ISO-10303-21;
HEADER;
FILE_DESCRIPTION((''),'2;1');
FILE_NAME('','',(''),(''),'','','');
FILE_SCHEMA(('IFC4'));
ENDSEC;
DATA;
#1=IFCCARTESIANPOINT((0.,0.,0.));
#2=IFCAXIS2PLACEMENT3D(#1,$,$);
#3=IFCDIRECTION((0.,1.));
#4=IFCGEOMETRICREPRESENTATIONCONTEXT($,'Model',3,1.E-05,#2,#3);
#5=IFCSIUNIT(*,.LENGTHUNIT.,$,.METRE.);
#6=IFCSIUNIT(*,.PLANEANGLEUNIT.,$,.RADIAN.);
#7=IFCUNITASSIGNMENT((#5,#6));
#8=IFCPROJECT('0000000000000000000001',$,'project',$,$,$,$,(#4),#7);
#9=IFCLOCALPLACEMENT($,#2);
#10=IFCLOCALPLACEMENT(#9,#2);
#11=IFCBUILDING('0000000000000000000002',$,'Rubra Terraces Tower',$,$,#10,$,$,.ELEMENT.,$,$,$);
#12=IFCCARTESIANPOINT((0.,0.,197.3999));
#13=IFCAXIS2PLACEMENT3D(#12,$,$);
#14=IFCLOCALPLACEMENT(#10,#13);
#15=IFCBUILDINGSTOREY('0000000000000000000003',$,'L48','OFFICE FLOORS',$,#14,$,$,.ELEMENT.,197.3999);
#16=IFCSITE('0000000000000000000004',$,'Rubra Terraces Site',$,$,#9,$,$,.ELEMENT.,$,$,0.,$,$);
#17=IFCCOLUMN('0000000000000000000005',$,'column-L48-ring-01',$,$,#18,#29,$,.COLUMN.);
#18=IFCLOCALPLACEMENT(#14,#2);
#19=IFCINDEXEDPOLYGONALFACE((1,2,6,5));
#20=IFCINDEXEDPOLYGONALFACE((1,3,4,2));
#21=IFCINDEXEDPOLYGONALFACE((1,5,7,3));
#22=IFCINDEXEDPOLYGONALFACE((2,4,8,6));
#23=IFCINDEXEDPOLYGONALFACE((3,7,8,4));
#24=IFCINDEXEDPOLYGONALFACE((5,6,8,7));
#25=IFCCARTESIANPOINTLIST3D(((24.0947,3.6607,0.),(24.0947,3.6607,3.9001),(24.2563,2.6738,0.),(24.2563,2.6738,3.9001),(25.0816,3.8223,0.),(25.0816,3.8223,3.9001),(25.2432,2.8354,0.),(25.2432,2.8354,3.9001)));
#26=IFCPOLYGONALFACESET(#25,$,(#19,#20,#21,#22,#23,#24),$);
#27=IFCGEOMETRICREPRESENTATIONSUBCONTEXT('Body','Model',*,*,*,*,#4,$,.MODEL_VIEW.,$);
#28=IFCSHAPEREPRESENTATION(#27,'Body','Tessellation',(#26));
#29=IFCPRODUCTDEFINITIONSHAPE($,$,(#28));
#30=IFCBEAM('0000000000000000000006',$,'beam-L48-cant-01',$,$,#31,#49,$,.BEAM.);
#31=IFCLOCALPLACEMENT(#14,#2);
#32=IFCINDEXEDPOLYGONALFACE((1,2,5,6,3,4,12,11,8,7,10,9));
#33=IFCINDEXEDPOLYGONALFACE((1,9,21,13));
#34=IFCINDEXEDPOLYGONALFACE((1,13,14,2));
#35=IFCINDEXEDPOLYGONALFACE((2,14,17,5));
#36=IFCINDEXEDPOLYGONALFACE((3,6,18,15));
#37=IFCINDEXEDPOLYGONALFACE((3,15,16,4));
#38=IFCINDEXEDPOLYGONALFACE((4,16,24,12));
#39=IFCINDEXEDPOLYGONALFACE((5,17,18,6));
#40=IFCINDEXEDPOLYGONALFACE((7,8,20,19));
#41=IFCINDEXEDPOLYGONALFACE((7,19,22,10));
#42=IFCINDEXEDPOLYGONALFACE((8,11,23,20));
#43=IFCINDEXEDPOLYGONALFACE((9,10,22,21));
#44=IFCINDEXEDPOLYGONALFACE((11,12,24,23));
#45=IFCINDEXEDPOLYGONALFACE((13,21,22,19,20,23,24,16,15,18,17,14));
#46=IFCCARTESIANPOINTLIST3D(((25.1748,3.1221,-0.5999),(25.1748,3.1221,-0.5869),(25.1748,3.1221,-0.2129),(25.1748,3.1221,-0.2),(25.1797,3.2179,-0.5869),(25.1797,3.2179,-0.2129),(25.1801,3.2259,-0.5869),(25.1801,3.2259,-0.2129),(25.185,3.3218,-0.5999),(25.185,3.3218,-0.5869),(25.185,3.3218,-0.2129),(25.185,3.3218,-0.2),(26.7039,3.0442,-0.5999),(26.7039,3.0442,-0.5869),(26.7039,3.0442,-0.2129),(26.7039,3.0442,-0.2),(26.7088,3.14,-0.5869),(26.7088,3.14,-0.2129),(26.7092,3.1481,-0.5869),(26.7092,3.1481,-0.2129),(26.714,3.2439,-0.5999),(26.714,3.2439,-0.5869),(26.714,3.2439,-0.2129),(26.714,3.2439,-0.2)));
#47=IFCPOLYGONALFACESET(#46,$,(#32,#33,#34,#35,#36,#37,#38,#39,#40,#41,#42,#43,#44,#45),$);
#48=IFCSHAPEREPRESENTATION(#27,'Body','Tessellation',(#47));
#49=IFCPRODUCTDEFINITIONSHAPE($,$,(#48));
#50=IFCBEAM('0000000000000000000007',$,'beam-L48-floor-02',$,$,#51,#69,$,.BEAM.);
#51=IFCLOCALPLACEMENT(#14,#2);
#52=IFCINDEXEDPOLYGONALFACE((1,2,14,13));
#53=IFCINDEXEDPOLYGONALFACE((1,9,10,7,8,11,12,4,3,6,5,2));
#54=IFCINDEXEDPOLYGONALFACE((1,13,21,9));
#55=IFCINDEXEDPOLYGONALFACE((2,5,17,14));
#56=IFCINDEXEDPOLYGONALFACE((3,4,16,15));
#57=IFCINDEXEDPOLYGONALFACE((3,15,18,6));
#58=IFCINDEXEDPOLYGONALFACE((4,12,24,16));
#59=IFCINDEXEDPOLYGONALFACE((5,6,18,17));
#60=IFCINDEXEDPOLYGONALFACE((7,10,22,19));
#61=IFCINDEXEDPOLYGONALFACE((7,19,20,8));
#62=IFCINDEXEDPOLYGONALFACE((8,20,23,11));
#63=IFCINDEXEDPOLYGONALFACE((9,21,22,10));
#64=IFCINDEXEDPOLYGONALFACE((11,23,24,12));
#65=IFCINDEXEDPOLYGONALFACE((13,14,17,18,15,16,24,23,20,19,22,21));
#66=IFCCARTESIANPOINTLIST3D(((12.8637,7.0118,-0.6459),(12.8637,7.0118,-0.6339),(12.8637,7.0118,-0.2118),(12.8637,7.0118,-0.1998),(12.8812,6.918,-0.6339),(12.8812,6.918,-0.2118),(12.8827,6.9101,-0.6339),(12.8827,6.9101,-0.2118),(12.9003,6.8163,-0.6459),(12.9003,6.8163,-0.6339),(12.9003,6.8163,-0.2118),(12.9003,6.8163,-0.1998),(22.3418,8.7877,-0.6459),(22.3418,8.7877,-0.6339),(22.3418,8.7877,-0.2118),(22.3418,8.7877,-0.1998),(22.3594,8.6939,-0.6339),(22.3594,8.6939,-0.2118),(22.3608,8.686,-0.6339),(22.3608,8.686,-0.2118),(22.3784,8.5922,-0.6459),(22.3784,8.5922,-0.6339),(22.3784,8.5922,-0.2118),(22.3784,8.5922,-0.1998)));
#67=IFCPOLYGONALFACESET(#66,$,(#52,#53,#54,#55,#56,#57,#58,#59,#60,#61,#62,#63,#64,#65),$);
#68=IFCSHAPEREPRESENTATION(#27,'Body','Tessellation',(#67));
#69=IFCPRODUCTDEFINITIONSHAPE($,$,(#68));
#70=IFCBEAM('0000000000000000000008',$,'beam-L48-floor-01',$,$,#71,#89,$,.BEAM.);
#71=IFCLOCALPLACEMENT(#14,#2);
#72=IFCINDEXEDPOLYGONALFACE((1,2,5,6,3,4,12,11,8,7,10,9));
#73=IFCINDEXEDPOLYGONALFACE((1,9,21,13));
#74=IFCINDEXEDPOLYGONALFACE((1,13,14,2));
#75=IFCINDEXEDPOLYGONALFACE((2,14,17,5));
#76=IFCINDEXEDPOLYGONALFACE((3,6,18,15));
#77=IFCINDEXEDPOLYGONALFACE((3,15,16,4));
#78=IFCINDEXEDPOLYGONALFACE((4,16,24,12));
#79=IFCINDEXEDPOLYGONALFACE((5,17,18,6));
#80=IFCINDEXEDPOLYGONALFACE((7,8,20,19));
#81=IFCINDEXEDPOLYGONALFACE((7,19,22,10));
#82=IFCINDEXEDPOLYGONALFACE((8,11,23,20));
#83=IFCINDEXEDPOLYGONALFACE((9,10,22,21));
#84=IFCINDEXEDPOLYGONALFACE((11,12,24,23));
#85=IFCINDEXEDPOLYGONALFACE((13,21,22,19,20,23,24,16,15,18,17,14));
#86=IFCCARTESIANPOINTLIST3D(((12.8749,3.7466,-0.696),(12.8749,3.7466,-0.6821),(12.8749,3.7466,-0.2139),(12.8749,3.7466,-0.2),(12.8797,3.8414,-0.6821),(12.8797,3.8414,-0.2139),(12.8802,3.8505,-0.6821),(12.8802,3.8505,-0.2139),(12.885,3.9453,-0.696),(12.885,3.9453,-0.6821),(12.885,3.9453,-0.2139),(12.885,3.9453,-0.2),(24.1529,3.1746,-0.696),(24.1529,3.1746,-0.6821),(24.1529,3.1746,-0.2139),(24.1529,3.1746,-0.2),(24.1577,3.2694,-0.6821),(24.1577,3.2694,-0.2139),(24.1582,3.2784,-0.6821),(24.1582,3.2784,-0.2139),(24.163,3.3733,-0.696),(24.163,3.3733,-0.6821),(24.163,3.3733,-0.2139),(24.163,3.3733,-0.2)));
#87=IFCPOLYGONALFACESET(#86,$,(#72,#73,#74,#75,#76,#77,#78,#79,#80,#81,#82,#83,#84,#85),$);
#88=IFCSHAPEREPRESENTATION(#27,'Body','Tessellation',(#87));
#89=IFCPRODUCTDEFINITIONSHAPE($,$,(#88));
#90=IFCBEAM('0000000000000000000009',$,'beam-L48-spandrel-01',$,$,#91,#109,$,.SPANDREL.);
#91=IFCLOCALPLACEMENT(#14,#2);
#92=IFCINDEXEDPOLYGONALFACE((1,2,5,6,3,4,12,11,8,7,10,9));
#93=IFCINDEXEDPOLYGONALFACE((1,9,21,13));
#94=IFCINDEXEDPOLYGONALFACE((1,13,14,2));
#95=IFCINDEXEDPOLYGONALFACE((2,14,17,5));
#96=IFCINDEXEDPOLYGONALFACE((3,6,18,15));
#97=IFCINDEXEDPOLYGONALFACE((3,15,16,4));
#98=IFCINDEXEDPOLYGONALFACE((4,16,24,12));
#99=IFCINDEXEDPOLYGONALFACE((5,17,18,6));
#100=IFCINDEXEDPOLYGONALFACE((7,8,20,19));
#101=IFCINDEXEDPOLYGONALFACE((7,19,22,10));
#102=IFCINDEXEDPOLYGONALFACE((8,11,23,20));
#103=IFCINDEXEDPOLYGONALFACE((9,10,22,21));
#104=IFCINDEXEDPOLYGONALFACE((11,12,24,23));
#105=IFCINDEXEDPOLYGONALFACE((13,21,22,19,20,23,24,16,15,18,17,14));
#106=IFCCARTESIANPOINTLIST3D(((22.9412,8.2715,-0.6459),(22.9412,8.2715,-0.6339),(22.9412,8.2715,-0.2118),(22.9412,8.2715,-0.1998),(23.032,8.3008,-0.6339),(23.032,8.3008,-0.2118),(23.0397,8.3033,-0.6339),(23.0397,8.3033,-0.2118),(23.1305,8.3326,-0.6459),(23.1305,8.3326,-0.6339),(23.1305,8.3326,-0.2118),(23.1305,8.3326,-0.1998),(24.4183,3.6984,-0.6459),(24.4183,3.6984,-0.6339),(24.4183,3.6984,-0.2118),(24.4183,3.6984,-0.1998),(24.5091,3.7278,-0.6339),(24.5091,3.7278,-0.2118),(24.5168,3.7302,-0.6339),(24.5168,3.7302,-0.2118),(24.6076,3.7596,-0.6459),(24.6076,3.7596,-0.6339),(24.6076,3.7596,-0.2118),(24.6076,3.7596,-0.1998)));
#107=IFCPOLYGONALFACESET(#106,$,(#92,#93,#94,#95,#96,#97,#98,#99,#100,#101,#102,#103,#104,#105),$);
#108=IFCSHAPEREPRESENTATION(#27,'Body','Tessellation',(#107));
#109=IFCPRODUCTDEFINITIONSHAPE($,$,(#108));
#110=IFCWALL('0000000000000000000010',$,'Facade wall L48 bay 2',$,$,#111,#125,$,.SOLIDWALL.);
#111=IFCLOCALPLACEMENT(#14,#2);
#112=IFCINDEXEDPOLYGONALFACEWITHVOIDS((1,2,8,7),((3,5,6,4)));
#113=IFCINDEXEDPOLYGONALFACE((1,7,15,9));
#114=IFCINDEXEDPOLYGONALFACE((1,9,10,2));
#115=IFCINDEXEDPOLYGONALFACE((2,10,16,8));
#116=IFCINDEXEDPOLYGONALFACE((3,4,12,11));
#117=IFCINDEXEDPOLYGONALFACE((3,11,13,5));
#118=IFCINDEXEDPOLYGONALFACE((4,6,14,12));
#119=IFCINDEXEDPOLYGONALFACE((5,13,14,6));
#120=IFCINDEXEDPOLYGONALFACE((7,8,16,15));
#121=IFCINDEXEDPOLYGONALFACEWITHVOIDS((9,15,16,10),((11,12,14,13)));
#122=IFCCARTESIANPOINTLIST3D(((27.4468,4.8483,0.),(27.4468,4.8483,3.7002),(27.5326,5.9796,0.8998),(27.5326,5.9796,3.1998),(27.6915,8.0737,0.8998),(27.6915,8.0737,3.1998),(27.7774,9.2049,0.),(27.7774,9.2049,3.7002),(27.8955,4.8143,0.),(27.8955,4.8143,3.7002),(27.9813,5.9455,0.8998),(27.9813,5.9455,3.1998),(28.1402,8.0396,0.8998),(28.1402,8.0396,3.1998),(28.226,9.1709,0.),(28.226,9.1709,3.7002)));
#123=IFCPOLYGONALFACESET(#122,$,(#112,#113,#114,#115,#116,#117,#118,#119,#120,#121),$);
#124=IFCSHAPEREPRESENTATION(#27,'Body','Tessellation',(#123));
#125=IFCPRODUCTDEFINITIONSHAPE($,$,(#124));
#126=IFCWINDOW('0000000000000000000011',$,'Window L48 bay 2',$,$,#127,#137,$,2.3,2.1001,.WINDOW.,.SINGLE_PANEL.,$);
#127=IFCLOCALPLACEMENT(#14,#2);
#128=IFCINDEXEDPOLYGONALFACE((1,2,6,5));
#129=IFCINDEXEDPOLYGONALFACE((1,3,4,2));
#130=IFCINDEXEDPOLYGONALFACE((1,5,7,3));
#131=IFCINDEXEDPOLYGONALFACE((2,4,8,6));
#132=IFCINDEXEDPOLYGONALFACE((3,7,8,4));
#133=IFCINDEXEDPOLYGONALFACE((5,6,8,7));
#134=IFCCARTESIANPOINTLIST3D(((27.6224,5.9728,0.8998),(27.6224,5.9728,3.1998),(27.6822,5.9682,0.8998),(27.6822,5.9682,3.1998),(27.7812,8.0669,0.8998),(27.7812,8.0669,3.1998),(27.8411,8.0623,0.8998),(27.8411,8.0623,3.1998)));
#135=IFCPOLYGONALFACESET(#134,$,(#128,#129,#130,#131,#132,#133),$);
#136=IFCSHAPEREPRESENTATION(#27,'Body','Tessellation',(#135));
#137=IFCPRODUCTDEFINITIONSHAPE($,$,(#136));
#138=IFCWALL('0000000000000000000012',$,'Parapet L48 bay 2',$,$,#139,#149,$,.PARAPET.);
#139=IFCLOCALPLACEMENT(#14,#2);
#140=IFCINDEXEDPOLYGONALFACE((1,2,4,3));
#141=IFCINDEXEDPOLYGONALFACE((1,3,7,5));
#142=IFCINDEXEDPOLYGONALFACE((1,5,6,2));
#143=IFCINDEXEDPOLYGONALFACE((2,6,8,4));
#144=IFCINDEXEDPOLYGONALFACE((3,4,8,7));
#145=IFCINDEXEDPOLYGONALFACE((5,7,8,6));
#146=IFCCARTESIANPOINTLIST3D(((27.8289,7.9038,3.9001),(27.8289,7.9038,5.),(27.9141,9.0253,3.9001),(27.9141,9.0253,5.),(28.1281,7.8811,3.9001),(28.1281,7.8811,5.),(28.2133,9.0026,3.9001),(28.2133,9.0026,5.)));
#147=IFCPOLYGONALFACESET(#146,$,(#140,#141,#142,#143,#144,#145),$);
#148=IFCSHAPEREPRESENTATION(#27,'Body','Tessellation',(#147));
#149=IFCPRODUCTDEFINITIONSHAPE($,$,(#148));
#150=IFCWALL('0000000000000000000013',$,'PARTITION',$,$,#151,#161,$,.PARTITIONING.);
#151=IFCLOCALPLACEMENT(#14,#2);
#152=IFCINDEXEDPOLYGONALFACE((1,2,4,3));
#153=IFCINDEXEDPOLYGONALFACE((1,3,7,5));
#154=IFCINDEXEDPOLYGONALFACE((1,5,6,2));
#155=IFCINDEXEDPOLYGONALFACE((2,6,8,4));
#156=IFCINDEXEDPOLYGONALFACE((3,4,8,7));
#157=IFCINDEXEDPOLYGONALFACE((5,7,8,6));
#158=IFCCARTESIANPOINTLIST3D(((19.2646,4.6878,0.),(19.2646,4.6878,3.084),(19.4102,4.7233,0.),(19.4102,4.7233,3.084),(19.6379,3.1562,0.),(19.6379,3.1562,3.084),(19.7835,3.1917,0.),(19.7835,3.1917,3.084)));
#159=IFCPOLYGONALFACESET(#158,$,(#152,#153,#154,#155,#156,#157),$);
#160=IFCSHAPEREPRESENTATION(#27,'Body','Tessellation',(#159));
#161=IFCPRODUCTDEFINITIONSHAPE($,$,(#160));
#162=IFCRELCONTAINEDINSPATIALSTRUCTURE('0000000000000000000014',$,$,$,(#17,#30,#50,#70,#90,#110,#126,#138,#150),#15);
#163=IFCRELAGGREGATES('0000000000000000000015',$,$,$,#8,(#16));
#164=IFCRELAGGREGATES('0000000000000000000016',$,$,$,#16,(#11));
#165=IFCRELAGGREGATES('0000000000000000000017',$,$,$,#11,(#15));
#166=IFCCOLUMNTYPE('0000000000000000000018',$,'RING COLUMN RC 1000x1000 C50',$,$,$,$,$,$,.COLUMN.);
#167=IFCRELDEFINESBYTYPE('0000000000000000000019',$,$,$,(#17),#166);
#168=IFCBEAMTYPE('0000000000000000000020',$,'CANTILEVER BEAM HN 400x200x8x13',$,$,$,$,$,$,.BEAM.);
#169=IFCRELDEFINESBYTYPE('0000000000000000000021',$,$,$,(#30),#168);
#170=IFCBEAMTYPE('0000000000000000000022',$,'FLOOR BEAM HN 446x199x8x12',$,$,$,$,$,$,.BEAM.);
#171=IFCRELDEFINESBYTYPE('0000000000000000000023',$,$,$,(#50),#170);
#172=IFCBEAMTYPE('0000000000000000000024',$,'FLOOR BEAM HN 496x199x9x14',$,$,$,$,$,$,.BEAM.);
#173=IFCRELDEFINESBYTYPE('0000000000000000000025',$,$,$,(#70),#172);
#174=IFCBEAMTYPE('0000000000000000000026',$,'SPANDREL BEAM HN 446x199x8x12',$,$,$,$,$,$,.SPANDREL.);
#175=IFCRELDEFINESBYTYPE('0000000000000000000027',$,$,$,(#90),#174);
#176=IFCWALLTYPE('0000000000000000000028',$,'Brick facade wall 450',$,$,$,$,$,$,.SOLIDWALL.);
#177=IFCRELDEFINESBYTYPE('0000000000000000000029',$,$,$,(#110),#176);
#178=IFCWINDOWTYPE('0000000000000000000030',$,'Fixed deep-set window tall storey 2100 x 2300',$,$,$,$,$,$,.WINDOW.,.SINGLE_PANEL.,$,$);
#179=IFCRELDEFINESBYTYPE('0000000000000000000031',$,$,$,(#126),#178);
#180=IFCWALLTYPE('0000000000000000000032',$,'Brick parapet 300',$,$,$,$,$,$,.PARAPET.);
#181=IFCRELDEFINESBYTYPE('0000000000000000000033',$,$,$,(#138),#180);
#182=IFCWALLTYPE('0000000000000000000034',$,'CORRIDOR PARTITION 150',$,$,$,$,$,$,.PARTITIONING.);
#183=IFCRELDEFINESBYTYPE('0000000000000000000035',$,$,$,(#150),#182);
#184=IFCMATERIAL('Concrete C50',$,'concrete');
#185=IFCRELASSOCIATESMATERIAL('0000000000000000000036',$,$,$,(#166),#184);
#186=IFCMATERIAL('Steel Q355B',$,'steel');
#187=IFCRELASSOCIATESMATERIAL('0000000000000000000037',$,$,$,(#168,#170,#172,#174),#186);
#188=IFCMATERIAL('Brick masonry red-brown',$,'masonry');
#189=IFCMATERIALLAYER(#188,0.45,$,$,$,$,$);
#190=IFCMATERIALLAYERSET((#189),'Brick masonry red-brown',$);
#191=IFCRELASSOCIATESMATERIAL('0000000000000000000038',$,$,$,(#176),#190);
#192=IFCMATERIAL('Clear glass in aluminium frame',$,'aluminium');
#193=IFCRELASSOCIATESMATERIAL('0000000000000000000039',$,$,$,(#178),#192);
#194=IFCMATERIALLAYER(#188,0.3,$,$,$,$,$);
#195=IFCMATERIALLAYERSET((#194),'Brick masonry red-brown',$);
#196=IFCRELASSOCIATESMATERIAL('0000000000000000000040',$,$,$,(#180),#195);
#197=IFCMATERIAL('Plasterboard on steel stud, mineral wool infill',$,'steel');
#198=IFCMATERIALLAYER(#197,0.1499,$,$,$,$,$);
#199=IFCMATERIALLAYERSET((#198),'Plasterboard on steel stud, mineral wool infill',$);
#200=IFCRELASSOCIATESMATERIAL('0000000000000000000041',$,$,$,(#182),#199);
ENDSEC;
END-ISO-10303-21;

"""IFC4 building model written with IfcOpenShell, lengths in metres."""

from ifc_helpers import new_model, si_unit, direction, frame, frame_2d, origin, origin_2d, place, context, subcontext, project, spatial, rectangle, i_section, extrude, material, layer, layer_set, material_profile, profile_set, type_object, element, fill, save


model = new_model("IFC4")

# Units and contexts
model_context = context("Model", 3, precision=1e-05, world=origin(), true_north=direction((0.0, 1.0)))
body_context = subcontext(model_context, "Body", "Model", "MODEL_VIEW")
ifc_project = project(units=[si_unit("LENGTHUNIT", "METRE"), si_unit("PLANEANGLEUNIT", "RADIAN")], contexts=[model_context])

# Site, building, storey
site_placement = place(None, origin())
site = spatial("IfcSite", under=ifc_project, at=site_placement, Name="Rubra Terraces Site", CompositionType="ELEMENT", RefElevation=0.0)
building_placement = place(site_placement, origin())
building = spatial("IfcBuilding", under=site, at=building_placement, Name="Rubra Terraces Tower", CompositionType="ELEMENT")
storey_placement = place(building_placement, frame((0.0, 0.0, 197.3999)))
storey = spatial("IfcBuildingStorey", under=building, at=storey_placement, Name="L48", Description="OFFICE FLOORS", CompositionType="ELEMENT", Elevation=197.3999)

# Column
ifc_material_1 = material(Name="Concrete C50", Category="concrete")
ifc_material_profile_1 = material_profile(ifc_material_1, rectangle(XDim=1.0, YDim=1.0, at=origin_2d()), Name="RC 1000x1000")
ifc_profile_set_1 = profile_set([ifc_material_profile_1], Name="Concrete C50")
column_type = type_object("IfcColumnType", Name="RING COLUMN RC 1000x1000 C50", PredefinedType="COLUMN", material=ifc_profile_set_1)
column_placement = place(storey_placement, frame((24.6689, 3.248, 0.0), z_axis=(0.0, 0.0, 1.0), x_axis=(-0.161559, 0.986863, 0.0)))
element("IfcColumn", 1, at=column_placement, inside=storey, type_object=column_type, Name="column-L48-ring-01", PredefinedType="COLUMN", context=body_context, shape_type="SweptSolid", body=[
    extrude(rectangle(XDim=1.0, YDim=1.0, at=origin_2d()), origin(), (0.0, 0.0, 1.0), 3.9001),
])

# Beams
ifc_material_2 = material(Name="Steel Q355B", Category="steel")
ifc_material_profile_2 = material_profile(ifc_material_2, i_section(OverallWidth=0.2, OverallDepth=0.3999, WebThickness=0.0081, FlangeThickness=0.0129, at=origin_2d()), Name="HN 400x200x8x13")
ifc_profile_set_2 = profile_set([ifc_material_profile_2], Name="Steel Q355B")
beam_type_1 = type_object("IfcBeamType", Name="CANTILEVER BEAM HN 400x200x8x13", PredefinedType="BEAM", material=ifc_profile_set_2)
beam_1_placement = place(storey_placement, frame((25.1799, 3.2219, -0.3999), z_axis=(0.998705, -0.050868, 0.0), x_axis=(0.050868, 0.998705, 0.0)))
element("IfcBeam", 2, at=beam_1_placement, inside=storey, type_object=beam_type_1, Name="beam-L48-cant-01", PredefinedType="BEAM", context=body_context, shape_type="SweptSolid", body=[
    extrude(i_section(OverallWidth=0.2, OverallDepth=0.3999, WebThickness=0.0081, FlangeThickness=0.0129, at=origin_2d()), origin(), (0.0, 0.0, 1.0), 1.531),
])
ifc_material_profile_3 = material_profile(ifc_material_2, i_section(OverallWidth=0.199, OverallDepth=0.446, WebThickness=0.0081, FlangeThickness=0.012, at=origin_2d()), Name="HN 446x199x8x12")
ifc_profile_set_3 = profile_set([ifc_material_profile_3], Name="Steel Q355B")
beam_type_2 = type_object("IfcBeamType", Name="FLOOR BEAM HN 446x199x8x12", PredefinedType="BEAM", material=ifc_profile_set_3)
beam_2_placement = place(storey_placement, frame((22.3601, 8.6899, -0.4229), z_axis=(-0.982896, -0.184163, 0.0), x_axis=(0.184163, -0.982896, 0.0)))
element("IfcBeam", 3, at=beam_2_placement, inside=storey, type_object=beam_type_2, Name="beam-L48-floor-02", PredefinedType="BEAM", context=body_context, shape_type="SweptSolid", body=[
    extrude(i_section(OverallWidth=0.199, OverallDepth=0.446, WebThickness=0.0081, FlangeThickness=0.012, at=origin_2d()), origin(), (0.0, 0.0, 1.0), 9.6431),
])
ifc_material_profile_4 = material_profile(ifc_material_2, i_section(OverallWidth=0.199, OverallDepth=0.4961, WebThickness=0.009, FlangeThickness=0.0139, at=origin_2d()), Name="HN 496x199x9x14")
ifc_profile_set_4 = profile_set([ifc_material_profile_4], Name="Steel Q355B")
beam_type_3 = type_object("IfcBeamType", Name="FLOOR BEAM HN 496x199x9x14", PredefinedType="BEAM", material=ifc_profile_set_4)
beam_3_placement = place(storey_placement, frame((24.158, 3.2739, -0.448), z_axis=(-0.998716, 0.050655, 0.0), x_axis=(-0.050655, -0.998716, 0.0)))
element("IfcBeam", 4, at=beam_3_placement, inside=storey, type_object=beam_type_3, Name="beam-L48-floor-01", PredefinedType="BEAM", context=body_context, shape_type="SweptSolid", body=[
    extrude(i_section(OverallWidth=0.199, OverallDepth=0.4961, WebThickness=0.009, FlangeThickness=0.0139, at=origin_2d()), origin(), (0.0, 0.0, 1.0), 11.2925),
])
ifc_material_profile_5 = material_profile(ifc_material_2, i_section(OverallWidth=0.199, OverallDepth=0.446, WebThickness=0.0081, FlangeThickness=0.012, at=origin_2d()), Name="HN 446x199x8x12")
ifc_profile_set_5 = profile_set([ifc_material_profile_5], Name="Steel Q355B")
beam_type_4 = type_object("IfcBeamType", Name="SPANDREL BEAM HN 446x199x8x12", PredefinedType="SPANDREL", material=ifc_profile_set_5)
beam_4_placement = place(storey_placement, frame((24.5129, 3.729, -0.4229), z_axis=(-0.307359, 0.951594, 0.0), x_axis=(-0.951594, -0.307359, 0.0)))
element("IfcBeam", 5, at=beam_4_placement, inside=storey, type_object=beam_type_4, Name="beam-L48-spandrel-01", PredefinedType="SPANDREL", context=body_context, shape_type="SweptSolid", body=[
    extrude(i_section(OverallWidth=0.199, OverallDepth=0.446, WebThickness=0.0081, FlangeThickness=0.012, at=origin_2d()), origin(), (0.0, 0.0, 1.0), 4.8057),
])

# Wall, opening, window
ifc_material_3 = material(Name="Brick masonry red-brown", Category="masonry")
ifc_layer_1 = layer(ifc_material_3, 0.45)
ifc_layer_set_1 = layer_set([ifc_layer_1], Name="Brick masonry red-brown")
wall_type_1 = type_object("IfcWallType", Name="Brick facade wall 450", PredefinedType="SOLIDWALL", material=ifc_layer_set_1)
wall_1_placement = place(storey_placement, frame((27.6711, 4.8313, 0.0), z_axis=(0.0, 0.0, 1.0), x_axis=(0.075658, 0.997134, 0.0)))
wall_1 = element("IfcWall", 6, at=wall_1_placement, inside=storey, type_object=wall_type_1, Name="Facade wall L48 bay 2", PredefinedType="SOLIDWALL", context=body_context, shape_type="SweptSolid", body=[
    extrude(rectangle(XDim=4.3691, YDim=0.45, at=frame_2d((2.1846, 0.0))), origin(), (0.0, 0.0, 1.0), 3.7002),
])
opening_1_placement = place(wall_1_placement, frame((1.1345, 0.0, 0.8999)))
opening_1 = element("IfcOpeningElement", 7, at=opening_1_placement, cuts=wall_1, PredefinedType="OPENING", context=body_context, shape_type="SweptSolid", body=[
    extrude(rectangle(XDim=2.1001, YDim=2.3, at=frame_2d((1.05, 1.1499))), frame((0.0, 0.2349, 0.0), z_axis=(0.0, -1.0, 0.0), x_axis=(1.0, 0.0, 0.0)), (0.0, 0.0, 1.0), 0.47),
])
ifc_material_4 = material(Name="Clear glass in aluminium frame", Category="aluminium")
window_type = type_object("IfcWindowType", Name="Fixed deep-set window tall storey 2100 x 2300", PartitioningType="SINGLE_PANEL", PredefinedType="WINDOW", material=ifc_material_4)
window_placement = place(opening_1_placement, origin())
window = element("IfcWindow", 8, at=window_placement, inside=storey, type_object=window_type, Name="Window L48 bay 2", OverallHeight=2.3, OverallWidth=2.1001, PartitioningType="SINGLE_PANEL", PredefinedType="WINDOW", context=body_context, shape_type="SweptSolid", body=[
    extrude(rectangle(XDim=2.1001, YDim=2.3, at=frame_2d((1.05, 1.1499))), frame((0.0, 0.135, 0.0), z_axis=(0.0, -1.0, 0.0), x_axis=(1.0, 0.0, 0.0)), (0.0, 0.0, 1.0), 0.0601),
])
fill(opening_1, window)

# Walls
ifc_layer_2 = layer(ifc_material_3, 0.3)
ifc_layer_set_2 = layer_set([ifc_layer_2], Name="Brick masonry red-brown")
wall_type_2 = type_object("IfcWallType", Name="Brick parapet 300", PredefinedType="PARAPET", material=ifc_layer_set_2)
wall_2_placement = place(storey_placement, frame((27.9785, 7.8923, 3.9001), z_axis=(0.0, 0.0, 1.0), x_axis=(0.07575, 0.997127, 0.0)))
element("IfcWall", 9, at=wall_2_placement, inside=storey, type_object=wall_type_2, Name="Parapet L48 bay 2", PredefinedType="PARAPET", context=body_context, shape_type="SweptSolid", body=[
    extrude(rectangle(XDim=1.1248, YDim=0.3, at=frame_2d((0.5625, 0.0))), origin(), (0.0, 0.0, 1.0), 1.0999),
])
ifc_material_5 = material(Name="Plasterboard on steel stud, mineral wool infill", Category="steel")
ifc_layer_3 = layer(ifc_material_5, 0.1499)
ifc_layer_set_3 = layer_set([ifc_layer_3], Name="Plasterboard on steel stud, mineral wool infill")
wall_type_3 = type_object("IfcWallType", Name="CORRIDOR PARTITION 150", PredefinedType="PARTITIONING", material=ifc_layer_set_3)
wall_3_placement = place(storey_placement, frame((19.7107, 3.1741, 0.0), z_axis=(0.0, 0.0, 1.0), x_axis=(-0.23681, 0.971556, 0.0)))
element("IfcWall", 10, at=wall_3_placement, inside=storey, type_object=wall_type_3, Name="PARTITION", PredefinedType="PARTITIONING", context=body_context, shape_type="SweptSolid", body=[
    extrude(rectangle(XDim=1.5764, YDim=0.1499, at=frame_2d((0.7881, 0.0))), origin(), (0.0, 0.0, 1.0), 3.084),
])

save(model, "model.ifc")
